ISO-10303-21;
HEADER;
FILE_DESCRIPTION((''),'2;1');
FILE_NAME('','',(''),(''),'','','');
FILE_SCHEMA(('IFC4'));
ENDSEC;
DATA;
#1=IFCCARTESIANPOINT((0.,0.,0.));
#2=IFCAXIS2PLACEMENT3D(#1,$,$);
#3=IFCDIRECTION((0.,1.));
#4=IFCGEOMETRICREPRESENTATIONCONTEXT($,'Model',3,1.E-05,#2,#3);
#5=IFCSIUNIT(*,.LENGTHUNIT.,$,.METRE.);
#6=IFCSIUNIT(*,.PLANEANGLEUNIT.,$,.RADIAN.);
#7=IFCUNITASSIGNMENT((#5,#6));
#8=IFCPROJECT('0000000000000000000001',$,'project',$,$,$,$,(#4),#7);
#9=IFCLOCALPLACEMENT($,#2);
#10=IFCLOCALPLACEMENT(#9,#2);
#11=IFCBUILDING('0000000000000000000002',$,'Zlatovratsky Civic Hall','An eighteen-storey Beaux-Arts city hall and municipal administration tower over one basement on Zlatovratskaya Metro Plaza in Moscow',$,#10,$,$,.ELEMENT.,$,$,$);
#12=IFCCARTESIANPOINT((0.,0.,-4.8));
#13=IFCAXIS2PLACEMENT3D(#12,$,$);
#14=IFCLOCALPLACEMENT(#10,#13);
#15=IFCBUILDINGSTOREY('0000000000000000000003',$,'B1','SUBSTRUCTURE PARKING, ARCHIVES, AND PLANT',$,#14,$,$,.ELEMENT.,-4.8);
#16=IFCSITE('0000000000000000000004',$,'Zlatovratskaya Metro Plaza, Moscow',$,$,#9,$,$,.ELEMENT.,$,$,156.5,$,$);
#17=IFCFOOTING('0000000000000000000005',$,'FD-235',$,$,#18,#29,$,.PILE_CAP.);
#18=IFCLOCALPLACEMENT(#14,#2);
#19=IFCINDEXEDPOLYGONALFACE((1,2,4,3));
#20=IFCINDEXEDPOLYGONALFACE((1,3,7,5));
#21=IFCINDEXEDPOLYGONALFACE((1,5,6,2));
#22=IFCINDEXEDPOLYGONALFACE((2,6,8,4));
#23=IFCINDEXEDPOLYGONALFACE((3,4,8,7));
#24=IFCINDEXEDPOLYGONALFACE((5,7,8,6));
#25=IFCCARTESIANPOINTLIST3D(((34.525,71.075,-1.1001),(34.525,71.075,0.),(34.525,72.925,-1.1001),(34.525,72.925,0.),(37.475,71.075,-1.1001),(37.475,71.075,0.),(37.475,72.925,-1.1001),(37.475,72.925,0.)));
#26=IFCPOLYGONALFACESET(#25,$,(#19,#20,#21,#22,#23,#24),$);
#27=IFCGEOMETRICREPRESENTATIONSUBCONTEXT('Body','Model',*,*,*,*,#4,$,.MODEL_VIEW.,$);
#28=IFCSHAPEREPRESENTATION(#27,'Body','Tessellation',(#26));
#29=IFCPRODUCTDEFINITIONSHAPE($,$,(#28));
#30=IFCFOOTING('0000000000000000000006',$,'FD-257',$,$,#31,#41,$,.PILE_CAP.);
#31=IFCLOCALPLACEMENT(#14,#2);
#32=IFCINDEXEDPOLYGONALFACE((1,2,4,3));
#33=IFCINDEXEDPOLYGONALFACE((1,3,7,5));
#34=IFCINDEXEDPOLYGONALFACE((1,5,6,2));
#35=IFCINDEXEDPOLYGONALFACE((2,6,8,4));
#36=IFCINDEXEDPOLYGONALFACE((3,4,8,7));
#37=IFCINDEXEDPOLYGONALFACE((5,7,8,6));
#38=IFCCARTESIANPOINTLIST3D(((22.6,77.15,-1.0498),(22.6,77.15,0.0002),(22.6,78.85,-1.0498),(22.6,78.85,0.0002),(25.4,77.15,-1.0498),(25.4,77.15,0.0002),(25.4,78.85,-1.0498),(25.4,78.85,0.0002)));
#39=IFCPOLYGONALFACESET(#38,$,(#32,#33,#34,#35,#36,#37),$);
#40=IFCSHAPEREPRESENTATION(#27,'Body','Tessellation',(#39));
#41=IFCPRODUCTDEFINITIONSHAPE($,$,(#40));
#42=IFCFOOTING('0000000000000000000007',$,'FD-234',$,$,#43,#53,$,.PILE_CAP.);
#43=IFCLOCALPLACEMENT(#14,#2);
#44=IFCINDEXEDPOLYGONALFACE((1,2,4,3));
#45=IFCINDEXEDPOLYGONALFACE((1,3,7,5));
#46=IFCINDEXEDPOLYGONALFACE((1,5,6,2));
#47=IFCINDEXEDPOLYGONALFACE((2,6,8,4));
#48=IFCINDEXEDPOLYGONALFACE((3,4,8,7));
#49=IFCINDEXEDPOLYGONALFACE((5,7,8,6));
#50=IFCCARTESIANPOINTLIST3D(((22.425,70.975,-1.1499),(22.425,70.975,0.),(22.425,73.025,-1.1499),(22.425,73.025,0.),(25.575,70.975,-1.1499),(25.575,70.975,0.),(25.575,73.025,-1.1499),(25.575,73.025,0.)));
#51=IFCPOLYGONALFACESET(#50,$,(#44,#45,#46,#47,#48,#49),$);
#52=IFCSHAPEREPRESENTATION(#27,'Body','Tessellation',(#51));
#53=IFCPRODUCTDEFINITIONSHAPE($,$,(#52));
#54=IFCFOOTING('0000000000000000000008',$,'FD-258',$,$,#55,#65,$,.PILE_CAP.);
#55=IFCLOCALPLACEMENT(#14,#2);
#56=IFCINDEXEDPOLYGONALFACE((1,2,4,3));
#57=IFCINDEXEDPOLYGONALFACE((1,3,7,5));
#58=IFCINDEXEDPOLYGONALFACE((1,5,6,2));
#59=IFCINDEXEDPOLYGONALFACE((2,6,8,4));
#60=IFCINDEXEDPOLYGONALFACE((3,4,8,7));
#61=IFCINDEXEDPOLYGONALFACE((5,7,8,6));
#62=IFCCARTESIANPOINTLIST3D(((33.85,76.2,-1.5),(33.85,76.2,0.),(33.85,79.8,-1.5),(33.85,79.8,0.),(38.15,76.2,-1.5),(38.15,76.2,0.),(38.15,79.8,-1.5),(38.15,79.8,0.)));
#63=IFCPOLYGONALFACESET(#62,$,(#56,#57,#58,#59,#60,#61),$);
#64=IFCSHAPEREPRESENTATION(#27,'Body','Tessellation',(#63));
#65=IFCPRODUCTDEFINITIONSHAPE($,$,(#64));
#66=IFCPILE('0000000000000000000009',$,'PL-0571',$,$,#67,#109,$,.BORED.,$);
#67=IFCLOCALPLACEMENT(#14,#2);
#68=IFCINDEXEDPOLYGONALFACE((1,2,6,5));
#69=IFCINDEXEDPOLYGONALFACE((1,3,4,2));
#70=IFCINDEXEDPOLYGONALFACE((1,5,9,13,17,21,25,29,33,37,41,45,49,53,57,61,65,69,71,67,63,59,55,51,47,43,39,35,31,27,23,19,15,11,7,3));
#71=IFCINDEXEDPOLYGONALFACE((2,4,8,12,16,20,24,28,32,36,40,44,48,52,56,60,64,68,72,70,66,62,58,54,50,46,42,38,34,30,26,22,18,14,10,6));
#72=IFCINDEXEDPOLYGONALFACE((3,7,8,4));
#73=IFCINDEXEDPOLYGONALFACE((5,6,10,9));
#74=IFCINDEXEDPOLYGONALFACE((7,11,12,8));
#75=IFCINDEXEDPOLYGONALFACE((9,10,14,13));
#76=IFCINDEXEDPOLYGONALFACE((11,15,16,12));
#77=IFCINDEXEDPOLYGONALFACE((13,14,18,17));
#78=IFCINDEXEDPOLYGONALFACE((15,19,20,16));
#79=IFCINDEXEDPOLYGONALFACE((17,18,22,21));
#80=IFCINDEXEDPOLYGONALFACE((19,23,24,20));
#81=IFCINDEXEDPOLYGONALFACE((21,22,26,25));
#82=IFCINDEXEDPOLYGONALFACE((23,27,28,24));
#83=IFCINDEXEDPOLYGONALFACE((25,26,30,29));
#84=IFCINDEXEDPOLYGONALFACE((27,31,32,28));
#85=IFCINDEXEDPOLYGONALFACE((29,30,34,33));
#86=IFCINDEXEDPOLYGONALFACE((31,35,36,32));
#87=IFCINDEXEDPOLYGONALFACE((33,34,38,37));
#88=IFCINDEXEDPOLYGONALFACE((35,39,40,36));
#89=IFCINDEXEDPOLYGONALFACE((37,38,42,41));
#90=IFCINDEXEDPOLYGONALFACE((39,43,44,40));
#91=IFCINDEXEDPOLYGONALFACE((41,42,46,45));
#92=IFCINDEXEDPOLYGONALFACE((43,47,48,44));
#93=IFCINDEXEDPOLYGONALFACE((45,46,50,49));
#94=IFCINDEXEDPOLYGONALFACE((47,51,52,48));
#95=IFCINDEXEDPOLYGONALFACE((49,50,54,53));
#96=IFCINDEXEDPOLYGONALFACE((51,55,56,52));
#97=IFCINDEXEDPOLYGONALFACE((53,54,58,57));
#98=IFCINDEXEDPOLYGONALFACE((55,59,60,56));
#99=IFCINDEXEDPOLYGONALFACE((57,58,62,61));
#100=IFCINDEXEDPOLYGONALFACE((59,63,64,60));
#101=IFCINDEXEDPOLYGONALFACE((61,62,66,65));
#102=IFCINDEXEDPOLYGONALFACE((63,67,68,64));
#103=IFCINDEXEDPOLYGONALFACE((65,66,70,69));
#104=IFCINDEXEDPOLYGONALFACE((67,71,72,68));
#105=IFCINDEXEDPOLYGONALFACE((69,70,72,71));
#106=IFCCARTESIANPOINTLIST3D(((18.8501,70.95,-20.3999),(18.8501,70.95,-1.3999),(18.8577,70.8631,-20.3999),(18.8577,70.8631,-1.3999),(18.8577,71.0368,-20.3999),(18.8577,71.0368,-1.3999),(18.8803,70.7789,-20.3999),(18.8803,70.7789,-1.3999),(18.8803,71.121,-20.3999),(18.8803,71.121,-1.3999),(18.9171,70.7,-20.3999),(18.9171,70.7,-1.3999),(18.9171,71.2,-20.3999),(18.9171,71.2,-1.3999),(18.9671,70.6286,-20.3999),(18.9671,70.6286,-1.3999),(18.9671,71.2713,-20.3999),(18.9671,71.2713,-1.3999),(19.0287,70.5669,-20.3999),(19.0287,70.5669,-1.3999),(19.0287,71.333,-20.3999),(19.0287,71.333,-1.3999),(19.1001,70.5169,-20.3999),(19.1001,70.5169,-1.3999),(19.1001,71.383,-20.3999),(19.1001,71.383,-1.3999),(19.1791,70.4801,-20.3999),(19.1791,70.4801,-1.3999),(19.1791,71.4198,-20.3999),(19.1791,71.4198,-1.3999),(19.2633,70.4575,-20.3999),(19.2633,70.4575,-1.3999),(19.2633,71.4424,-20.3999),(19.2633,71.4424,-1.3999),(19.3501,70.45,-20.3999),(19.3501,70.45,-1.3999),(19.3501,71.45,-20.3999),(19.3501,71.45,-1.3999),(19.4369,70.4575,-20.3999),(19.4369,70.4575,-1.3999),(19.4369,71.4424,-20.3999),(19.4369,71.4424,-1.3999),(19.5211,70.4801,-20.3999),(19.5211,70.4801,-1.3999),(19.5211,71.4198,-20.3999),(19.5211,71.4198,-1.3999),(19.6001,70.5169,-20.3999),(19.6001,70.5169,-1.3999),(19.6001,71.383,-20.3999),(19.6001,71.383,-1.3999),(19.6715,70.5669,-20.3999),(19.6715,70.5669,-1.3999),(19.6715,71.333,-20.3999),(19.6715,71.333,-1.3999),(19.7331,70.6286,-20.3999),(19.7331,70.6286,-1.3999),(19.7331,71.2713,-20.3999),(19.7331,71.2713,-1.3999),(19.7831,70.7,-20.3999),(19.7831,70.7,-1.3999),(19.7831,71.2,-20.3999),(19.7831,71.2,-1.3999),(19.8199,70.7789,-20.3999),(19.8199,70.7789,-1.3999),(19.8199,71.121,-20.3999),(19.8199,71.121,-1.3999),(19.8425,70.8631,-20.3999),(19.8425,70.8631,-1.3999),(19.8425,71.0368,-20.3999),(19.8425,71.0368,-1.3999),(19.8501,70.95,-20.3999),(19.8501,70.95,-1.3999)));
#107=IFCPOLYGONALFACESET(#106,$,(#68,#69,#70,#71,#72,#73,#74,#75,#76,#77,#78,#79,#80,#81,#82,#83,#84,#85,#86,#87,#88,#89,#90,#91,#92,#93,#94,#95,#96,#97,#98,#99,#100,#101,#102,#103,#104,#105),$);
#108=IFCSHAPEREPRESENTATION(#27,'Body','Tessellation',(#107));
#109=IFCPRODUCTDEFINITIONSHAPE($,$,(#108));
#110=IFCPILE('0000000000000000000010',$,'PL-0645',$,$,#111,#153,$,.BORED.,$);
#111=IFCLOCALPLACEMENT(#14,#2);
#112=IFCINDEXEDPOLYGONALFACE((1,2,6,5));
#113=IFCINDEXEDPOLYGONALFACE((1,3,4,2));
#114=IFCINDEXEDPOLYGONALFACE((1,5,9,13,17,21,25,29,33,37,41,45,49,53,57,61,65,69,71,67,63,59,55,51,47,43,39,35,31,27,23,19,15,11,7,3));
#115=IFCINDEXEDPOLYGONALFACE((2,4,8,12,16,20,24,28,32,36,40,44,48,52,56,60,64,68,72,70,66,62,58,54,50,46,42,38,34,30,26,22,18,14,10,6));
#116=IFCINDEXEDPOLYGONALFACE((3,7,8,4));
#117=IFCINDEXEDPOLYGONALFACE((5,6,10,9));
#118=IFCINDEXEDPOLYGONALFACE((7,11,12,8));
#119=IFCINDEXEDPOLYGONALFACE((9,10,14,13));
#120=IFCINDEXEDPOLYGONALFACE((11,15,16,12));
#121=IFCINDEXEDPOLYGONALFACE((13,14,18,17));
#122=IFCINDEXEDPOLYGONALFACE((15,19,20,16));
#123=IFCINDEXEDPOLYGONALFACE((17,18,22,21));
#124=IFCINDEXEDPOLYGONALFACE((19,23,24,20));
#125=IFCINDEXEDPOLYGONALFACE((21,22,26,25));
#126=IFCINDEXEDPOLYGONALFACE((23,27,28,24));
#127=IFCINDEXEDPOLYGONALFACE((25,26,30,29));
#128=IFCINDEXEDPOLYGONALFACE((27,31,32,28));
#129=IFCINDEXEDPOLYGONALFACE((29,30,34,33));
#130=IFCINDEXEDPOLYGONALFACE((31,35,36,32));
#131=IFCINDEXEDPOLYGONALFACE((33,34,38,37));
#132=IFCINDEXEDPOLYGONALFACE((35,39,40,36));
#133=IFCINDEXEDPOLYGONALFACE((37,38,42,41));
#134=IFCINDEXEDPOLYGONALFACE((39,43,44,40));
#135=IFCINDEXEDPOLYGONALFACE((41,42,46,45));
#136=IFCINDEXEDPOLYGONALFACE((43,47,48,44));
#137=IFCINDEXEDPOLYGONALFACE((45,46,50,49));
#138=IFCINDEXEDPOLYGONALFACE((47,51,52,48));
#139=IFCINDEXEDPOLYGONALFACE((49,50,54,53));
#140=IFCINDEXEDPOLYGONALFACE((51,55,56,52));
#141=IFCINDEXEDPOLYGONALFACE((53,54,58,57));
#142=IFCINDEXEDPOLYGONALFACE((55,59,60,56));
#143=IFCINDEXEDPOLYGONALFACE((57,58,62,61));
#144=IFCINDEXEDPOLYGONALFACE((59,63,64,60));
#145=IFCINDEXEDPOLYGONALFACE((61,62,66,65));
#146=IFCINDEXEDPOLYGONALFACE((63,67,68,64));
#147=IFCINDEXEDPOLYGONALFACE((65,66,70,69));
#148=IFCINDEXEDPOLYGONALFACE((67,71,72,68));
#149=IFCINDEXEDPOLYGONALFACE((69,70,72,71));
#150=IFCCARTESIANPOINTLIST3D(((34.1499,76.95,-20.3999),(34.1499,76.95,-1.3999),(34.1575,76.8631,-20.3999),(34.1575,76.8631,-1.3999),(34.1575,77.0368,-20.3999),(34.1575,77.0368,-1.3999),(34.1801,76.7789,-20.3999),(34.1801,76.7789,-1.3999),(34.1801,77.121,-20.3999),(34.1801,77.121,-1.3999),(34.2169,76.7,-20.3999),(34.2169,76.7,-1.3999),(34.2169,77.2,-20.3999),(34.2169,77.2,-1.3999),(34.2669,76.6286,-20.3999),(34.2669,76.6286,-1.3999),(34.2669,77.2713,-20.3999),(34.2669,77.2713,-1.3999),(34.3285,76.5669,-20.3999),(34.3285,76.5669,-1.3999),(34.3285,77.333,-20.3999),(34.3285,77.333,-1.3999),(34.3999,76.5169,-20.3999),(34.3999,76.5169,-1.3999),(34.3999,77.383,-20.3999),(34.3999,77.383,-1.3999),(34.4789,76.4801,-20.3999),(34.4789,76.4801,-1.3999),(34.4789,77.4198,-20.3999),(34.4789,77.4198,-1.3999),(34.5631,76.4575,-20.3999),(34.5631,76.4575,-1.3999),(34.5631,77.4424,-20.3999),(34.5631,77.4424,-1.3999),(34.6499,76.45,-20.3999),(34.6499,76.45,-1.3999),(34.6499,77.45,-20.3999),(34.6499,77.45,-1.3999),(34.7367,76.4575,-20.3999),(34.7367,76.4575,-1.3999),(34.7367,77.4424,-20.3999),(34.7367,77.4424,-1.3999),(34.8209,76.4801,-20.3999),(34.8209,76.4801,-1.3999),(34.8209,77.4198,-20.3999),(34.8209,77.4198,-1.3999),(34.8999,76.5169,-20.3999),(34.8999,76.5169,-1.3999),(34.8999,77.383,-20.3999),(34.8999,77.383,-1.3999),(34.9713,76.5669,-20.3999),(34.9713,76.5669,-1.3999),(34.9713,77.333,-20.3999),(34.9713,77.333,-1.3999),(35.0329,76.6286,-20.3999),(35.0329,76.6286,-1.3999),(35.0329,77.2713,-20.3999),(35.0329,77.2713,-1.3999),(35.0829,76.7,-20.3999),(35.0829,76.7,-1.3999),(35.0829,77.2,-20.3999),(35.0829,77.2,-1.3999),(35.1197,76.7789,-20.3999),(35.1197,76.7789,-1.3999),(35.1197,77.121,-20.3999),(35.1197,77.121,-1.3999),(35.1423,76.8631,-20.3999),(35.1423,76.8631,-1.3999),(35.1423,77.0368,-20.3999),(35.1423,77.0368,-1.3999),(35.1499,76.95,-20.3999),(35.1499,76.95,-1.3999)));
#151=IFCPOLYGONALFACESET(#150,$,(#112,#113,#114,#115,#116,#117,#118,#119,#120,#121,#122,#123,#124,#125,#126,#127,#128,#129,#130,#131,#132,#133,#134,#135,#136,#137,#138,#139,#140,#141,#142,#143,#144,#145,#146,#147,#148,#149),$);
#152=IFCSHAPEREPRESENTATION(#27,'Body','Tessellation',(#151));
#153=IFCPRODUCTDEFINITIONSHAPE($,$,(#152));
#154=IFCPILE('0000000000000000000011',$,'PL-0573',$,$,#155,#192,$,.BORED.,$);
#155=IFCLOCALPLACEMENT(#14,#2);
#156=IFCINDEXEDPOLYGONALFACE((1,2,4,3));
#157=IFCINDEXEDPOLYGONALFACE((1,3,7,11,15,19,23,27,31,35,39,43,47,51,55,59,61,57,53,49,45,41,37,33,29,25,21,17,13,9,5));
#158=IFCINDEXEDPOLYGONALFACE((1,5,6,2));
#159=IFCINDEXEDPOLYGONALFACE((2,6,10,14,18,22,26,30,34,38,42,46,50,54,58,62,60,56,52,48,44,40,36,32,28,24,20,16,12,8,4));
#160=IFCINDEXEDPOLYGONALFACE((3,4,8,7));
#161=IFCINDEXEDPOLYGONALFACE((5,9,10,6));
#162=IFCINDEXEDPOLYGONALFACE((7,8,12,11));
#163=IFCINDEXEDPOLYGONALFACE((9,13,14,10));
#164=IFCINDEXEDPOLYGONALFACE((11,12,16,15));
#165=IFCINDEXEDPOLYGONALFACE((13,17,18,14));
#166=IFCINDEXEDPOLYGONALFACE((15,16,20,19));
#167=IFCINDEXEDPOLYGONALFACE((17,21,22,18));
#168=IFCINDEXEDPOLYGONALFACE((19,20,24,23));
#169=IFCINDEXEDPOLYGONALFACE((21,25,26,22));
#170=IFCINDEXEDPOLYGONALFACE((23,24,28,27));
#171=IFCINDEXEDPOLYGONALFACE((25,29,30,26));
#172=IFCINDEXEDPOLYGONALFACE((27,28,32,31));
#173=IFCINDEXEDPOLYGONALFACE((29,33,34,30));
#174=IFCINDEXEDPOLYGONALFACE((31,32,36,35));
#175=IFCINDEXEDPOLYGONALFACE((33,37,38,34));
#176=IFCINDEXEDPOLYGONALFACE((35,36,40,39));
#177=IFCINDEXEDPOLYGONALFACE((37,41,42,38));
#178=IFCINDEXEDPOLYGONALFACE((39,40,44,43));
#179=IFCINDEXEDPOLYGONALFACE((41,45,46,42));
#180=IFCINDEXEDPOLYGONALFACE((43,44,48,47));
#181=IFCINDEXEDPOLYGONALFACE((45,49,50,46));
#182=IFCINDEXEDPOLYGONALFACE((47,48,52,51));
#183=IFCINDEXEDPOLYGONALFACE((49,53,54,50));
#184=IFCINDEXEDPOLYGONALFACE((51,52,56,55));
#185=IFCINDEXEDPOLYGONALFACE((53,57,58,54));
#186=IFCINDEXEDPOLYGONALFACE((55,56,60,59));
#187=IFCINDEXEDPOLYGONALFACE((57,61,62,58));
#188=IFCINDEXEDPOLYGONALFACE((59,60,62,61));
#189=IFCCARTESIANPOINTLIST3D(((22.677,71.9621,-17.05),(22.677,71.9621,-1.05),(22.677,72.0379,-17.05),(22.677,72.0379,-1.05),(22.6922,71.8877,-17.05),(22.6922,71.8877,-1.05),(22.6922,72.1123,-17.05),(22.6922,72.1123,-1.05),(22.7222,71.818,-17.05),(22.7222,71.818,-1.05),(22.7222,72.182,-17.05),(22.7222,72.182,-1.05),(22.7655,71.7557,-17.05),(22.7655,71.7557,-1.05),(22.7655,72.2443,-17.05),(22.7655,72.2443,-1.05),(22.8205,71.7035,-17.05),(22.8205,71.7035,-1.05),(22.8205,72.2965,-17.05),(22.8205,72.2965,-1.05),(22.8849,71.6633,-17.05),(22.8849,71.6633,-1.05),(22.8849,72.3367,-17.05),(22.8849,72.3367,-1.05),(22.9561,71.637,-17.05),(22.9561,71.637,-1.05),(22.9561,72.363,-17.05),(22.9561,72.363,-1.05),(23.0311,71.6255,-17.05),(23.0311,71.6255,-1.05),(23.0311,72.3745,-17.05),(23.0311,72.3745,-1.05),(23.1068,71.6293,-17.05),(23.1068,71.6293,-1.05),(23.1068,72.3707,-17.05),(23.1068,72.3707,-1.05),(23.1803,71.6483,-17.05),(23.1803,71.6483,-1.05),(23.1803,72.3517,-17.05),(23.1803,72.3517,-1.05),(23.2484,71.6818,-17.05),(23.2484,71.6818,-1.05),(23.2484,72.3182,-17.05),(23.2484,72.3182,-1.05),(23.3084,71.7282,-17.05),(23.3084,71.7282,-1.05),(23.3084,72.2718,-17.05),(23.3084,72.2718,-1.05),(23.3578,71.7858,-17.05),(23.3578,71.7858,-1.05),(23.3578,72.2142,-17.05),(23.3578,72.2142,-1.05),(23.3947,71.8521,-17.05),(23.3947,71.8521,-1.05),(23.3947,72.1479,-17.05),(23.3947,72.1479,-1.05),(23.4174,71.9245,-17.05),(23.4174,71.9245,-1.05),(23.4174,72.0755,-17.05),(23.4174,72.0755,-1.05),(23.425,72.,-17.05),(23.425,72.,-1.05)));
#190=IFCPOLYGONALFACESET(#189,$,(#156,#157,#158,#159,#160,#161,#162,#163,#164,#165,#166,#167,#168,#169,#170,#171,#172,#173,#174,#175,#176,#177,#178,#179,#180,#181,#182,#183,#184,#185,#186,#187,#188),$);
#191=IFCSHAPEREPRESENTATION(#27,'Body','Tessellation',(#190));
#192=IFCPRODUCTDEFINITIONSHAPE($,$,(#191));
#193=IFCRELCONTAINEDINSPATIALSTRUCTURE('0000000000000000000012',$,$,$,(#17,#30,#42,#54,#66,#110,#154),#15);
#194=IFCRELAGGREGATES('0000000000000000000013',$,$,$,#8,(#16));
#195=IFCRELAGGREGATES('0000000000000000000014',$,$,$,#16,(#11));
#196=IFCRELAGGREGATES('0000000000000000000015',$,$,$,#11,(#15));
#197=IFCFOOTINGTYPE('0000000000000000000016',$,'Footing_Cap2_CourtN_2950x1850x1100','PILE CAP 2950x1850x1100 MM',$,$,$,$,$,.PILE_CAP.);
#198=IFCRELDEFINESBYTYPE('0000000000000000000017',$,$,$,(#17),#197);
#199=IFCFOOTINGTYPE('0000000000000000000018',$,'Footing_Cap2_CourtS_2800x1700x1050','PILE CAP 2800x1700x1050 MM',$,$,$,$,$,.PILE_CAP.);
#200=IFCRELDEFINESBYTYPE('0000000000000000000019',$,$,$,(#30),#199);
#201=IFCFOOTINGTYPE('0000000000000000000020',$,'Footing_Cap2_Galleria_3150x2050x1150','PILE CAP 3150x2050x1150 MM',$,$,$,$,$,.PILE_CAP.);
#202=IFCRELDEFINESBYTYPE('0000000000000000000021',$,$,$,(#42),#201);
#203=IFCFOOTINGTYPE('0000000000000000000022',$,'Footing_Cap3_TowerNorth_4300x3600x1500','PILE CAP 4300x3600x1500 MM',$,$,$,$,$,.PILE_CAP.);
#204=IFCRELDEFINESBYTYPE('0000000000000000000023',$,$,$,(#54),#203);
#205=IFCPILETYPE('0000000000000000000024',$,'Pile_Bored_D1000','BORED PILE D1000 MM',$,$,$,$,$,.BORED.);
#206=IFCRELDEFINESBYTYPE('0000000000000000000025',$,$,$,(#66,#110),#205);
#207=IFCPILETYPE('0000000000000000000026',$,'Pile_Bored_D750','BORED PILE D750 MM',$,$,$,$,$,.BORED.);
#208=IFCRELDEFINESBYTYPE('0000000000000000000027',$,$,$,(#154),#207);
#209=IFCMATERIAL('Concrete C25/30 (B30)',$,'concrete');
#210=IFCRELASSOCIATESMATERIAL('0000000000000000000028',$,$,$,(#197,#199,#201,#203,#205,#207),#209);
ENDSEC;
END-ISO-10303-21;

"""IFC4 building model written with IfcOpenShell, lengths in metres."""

from ifc_helpers import new_model, si_unit, direction, frame, origin, origin_2d, place, context, subcontext, project, spatial, rectangle, circle, extrude, material, material_profile, profile_set, type_object, element, save


model = new_model("IFC4")

# Units and contexts
model_context = context("Model", 3, precision=1e-05, world=origin(), true_north=direction((0.0, 1.0)))
body_context = subcontext(model_context, "Body", "Model", "MODEL_VIEW")
ifc_project = project(units=[si_unit("LENGTHUNIT", "METRE"), si_unit("PLANEANGLEUNIT", "RADIAN")], contexts=[model_context])

# Site, building, storey
site_placement = place(None, origin())
site = spatial("IfcSite", under=ifc_project, at=site_placement, Name="Zlatovratskaya Metro Plaza, Moscow", CompositionType="ELEMENT", RefElevation=156.5)
building_placement = place(site_placement, origin())
building = spatial("IfcBuilding", under=site, at=building_placement, Name="Zlatovratsky Civic Hall", Description="An eighteen-storey Beaux-Arts city hall and municipal administration tower over one basement on Zlatovratskaya Metro Plaza in Moscow", CompositionType="ELEMENT")
storey_placement = place(building_placement, frame((0.0, 0.0, -4.8)))
storey = spatial("IfcBuildingStorey", under=building, at=storey_placement, Name="B1", Description="SUBSTRUCTURE PARKING, ARCHIVES, AND PLANT", CompositionType="ELEMENT", Elevation=-4.8)

# Footings
ifc_material_1 = material(Name="Concrete C25/30 (B30)", Category="concrete")
footing_type_1 = type_object("IfcFootingType", Name="Footing_Cap2_CourtN_2950x1850x1100", Description="PILE CAP 2950x1850x1100 MM", PredefinedType="PILE_CAP", material=ifc_material_1)
footing_1_placement = place(storey_placement, frame((36.0, 72.0, -1.1001), z_axis=(0.0, 0.0, 1.0), x_axis=(1.0, 0.0, 0.0)))
element("IfcFooting", 1, at=footing_1_placement, inside=storey, type_object=footing_type_1, Name="FD-235", PredefinedType="PILE_CAP", context=body_context, shape_type="SweptSolid", body=[
    extrude(rectangle(XDim=2.95, YDim=1.8501, at=origin_2d()), origin(), (0.0, 0.0, 1.0), 1.1001),
])
footing_type_2 = type_object("IfcFootingType", Name="Footing_Cap2_CourtS_2800x1700x1050", Description="PILE CAP 2800x1700x1050 MM", PredefinedType="PILE_CAP", material=ifc_material_1)
footing_2_placement = place(storey_placement, frame((24.0, 78.0, -1.0498), z_axis=(0.0, 0.0, 1.0), x_axis=(1.0, 0.0, 0.0)))
element("IfcFooting", 2, at=footing_2_placement, inside=storey, type_object=footing_type_2, Name="FD-257", PredefinedType="PILE_CAP", context=body_context, shape_type="SweptSolid", body=[
    extrude(rectangle(XDim=2.8, YDim=1.7, at=origin_2d()), origin(), (0.0, 0.0, 1.0), 1.05),
])
footing_type_3 = type_object("IfcFootingType", Name="Footing_Cap2_Galleria_3150x2050x1150", Description="PILE CAP 3150x2050x1150 MM", PredefinedType="PILE_CAP", material=ifc_material_1)
footing_3_placement = place(storey_placement, frame((24.0, 72.0, -1.1499), z_axis=(0.0, 0.0, 1.0), x_axis=(1.0, 0.0, 0.0)))
element("IfcFooting", 3, at=footing_3_placement, inside=storey, type_object=footing_type_3, Name="FD-234", PredefinedType="PILE_CAP", context=body_context, shape_type="SweptSolid", body=[
    extrude(rectangle(XDim=3.1499, YDim=2.05, at=origin_2d()), origin(), (0.0, 0.0, 1.0), 1.1499),
])
footing_type_4 = type_object("IfcFootingType", Name="Footing_Cap3_TowerNorth_4300x3600x1500", Description="PILE CAP 4300x3600x1500 MM", PredefinedType="PILE_CAP", material=ifc_material_1)
footing_4_placement = place(storey_placement, frame((36.0, 78.0, -1.5), z_axis=(0.0, 0.0, 1.0), x_axis=(1.0, 0.0, 0.0)))
element("IfcFooting", 4, at=footing_4_placement, inside=storey, type_object=footing_type_4, Name="FD-258", PredefinedType="PILE_CAP", context=body_context, shape_type="SweptSolid", body=[
    extrude(rectangle(XDim=4.3, YDim=3.6001, at=origin_2d()), origin(), (0.0, 0.0, 1.0), 1.5),
])

# Piles
ifc_material_profile_1 = material_profile(ifc_material_1, circle(Radius=0.5, at=origin_2d()), Name="PILE D1000")
ifc_profile_set_1 = profile_set([ifc_material_profile_1], Name="Concrete C25/30 (B30)")
pile_type_1 = type_object("IfcPileType", Name="Pile_Bored_D1000", Description="BORED PILE D1000 MM", PredefinedType="BORED", material=ifc_profile_set_1)
for number, where, z_axis, x_axis, name in (
    (5, (19.3501, 70.95, -1.3999), (0.0, 0.0, -1.0), (1.0, 0.0, 0.0), "PL-0571"),
    (6, (34.6499, 76.95, -1.3999), (0.0, 0.0, -1.0), (1.0, 0.0, 0.0), "PL-0645"),
):
    element("IfcPile", number, at=place(storey_placement, frame(where, z_axis=z_axis, x_axis=x_axis)), inside=storey, type_object=pile_type_1, Name=name, PredefinedType="BORED", context=body_context, shape_type="SweptSolid", body=[
        extrude(circle(Radius=0.5, at=origin_2d()), origin(), (0.0, 0.0, 1.0), 19.0),
    ])
ifc_material_profile_2 = material_profile(ifc_material_1, circle(Radius=0.375, at=origin_2d()), Name="PILE D750")
ifc_profile_set_2 = profile_set([ifc_material_profile_2], Name="Concrete C25/30 (B30)")
pile_type_2 = type_object("IfcPileType", Name="Pile_Bored_D750", Description="BORED PILE D750 MM", PredefinedType="BORED", material=ifc_profile_set_2)
for number, where, z_axis, x_axis, name in (
    (7, (23.05, 72.0, -1.05), (0.0, 0.0, -1.0), (1.0, 0.0, 0.0), "PL-0573"),
):
    element("IfcPile", number, at=place(storey_placement, frame(where, z_axis=z_axis, x_axis=x_axis)), inside=storey, type_object=pile_type_2, Name=name, PredefinedType="BORED", context=body_context, shape_type="SweptSolid", body=[
        extrude(circle(Radius=0.375, at=origin_2d()), origin(), (0.0, 0.0, 1.0), 16.0),
    ])

save(model, "model.ifc")
